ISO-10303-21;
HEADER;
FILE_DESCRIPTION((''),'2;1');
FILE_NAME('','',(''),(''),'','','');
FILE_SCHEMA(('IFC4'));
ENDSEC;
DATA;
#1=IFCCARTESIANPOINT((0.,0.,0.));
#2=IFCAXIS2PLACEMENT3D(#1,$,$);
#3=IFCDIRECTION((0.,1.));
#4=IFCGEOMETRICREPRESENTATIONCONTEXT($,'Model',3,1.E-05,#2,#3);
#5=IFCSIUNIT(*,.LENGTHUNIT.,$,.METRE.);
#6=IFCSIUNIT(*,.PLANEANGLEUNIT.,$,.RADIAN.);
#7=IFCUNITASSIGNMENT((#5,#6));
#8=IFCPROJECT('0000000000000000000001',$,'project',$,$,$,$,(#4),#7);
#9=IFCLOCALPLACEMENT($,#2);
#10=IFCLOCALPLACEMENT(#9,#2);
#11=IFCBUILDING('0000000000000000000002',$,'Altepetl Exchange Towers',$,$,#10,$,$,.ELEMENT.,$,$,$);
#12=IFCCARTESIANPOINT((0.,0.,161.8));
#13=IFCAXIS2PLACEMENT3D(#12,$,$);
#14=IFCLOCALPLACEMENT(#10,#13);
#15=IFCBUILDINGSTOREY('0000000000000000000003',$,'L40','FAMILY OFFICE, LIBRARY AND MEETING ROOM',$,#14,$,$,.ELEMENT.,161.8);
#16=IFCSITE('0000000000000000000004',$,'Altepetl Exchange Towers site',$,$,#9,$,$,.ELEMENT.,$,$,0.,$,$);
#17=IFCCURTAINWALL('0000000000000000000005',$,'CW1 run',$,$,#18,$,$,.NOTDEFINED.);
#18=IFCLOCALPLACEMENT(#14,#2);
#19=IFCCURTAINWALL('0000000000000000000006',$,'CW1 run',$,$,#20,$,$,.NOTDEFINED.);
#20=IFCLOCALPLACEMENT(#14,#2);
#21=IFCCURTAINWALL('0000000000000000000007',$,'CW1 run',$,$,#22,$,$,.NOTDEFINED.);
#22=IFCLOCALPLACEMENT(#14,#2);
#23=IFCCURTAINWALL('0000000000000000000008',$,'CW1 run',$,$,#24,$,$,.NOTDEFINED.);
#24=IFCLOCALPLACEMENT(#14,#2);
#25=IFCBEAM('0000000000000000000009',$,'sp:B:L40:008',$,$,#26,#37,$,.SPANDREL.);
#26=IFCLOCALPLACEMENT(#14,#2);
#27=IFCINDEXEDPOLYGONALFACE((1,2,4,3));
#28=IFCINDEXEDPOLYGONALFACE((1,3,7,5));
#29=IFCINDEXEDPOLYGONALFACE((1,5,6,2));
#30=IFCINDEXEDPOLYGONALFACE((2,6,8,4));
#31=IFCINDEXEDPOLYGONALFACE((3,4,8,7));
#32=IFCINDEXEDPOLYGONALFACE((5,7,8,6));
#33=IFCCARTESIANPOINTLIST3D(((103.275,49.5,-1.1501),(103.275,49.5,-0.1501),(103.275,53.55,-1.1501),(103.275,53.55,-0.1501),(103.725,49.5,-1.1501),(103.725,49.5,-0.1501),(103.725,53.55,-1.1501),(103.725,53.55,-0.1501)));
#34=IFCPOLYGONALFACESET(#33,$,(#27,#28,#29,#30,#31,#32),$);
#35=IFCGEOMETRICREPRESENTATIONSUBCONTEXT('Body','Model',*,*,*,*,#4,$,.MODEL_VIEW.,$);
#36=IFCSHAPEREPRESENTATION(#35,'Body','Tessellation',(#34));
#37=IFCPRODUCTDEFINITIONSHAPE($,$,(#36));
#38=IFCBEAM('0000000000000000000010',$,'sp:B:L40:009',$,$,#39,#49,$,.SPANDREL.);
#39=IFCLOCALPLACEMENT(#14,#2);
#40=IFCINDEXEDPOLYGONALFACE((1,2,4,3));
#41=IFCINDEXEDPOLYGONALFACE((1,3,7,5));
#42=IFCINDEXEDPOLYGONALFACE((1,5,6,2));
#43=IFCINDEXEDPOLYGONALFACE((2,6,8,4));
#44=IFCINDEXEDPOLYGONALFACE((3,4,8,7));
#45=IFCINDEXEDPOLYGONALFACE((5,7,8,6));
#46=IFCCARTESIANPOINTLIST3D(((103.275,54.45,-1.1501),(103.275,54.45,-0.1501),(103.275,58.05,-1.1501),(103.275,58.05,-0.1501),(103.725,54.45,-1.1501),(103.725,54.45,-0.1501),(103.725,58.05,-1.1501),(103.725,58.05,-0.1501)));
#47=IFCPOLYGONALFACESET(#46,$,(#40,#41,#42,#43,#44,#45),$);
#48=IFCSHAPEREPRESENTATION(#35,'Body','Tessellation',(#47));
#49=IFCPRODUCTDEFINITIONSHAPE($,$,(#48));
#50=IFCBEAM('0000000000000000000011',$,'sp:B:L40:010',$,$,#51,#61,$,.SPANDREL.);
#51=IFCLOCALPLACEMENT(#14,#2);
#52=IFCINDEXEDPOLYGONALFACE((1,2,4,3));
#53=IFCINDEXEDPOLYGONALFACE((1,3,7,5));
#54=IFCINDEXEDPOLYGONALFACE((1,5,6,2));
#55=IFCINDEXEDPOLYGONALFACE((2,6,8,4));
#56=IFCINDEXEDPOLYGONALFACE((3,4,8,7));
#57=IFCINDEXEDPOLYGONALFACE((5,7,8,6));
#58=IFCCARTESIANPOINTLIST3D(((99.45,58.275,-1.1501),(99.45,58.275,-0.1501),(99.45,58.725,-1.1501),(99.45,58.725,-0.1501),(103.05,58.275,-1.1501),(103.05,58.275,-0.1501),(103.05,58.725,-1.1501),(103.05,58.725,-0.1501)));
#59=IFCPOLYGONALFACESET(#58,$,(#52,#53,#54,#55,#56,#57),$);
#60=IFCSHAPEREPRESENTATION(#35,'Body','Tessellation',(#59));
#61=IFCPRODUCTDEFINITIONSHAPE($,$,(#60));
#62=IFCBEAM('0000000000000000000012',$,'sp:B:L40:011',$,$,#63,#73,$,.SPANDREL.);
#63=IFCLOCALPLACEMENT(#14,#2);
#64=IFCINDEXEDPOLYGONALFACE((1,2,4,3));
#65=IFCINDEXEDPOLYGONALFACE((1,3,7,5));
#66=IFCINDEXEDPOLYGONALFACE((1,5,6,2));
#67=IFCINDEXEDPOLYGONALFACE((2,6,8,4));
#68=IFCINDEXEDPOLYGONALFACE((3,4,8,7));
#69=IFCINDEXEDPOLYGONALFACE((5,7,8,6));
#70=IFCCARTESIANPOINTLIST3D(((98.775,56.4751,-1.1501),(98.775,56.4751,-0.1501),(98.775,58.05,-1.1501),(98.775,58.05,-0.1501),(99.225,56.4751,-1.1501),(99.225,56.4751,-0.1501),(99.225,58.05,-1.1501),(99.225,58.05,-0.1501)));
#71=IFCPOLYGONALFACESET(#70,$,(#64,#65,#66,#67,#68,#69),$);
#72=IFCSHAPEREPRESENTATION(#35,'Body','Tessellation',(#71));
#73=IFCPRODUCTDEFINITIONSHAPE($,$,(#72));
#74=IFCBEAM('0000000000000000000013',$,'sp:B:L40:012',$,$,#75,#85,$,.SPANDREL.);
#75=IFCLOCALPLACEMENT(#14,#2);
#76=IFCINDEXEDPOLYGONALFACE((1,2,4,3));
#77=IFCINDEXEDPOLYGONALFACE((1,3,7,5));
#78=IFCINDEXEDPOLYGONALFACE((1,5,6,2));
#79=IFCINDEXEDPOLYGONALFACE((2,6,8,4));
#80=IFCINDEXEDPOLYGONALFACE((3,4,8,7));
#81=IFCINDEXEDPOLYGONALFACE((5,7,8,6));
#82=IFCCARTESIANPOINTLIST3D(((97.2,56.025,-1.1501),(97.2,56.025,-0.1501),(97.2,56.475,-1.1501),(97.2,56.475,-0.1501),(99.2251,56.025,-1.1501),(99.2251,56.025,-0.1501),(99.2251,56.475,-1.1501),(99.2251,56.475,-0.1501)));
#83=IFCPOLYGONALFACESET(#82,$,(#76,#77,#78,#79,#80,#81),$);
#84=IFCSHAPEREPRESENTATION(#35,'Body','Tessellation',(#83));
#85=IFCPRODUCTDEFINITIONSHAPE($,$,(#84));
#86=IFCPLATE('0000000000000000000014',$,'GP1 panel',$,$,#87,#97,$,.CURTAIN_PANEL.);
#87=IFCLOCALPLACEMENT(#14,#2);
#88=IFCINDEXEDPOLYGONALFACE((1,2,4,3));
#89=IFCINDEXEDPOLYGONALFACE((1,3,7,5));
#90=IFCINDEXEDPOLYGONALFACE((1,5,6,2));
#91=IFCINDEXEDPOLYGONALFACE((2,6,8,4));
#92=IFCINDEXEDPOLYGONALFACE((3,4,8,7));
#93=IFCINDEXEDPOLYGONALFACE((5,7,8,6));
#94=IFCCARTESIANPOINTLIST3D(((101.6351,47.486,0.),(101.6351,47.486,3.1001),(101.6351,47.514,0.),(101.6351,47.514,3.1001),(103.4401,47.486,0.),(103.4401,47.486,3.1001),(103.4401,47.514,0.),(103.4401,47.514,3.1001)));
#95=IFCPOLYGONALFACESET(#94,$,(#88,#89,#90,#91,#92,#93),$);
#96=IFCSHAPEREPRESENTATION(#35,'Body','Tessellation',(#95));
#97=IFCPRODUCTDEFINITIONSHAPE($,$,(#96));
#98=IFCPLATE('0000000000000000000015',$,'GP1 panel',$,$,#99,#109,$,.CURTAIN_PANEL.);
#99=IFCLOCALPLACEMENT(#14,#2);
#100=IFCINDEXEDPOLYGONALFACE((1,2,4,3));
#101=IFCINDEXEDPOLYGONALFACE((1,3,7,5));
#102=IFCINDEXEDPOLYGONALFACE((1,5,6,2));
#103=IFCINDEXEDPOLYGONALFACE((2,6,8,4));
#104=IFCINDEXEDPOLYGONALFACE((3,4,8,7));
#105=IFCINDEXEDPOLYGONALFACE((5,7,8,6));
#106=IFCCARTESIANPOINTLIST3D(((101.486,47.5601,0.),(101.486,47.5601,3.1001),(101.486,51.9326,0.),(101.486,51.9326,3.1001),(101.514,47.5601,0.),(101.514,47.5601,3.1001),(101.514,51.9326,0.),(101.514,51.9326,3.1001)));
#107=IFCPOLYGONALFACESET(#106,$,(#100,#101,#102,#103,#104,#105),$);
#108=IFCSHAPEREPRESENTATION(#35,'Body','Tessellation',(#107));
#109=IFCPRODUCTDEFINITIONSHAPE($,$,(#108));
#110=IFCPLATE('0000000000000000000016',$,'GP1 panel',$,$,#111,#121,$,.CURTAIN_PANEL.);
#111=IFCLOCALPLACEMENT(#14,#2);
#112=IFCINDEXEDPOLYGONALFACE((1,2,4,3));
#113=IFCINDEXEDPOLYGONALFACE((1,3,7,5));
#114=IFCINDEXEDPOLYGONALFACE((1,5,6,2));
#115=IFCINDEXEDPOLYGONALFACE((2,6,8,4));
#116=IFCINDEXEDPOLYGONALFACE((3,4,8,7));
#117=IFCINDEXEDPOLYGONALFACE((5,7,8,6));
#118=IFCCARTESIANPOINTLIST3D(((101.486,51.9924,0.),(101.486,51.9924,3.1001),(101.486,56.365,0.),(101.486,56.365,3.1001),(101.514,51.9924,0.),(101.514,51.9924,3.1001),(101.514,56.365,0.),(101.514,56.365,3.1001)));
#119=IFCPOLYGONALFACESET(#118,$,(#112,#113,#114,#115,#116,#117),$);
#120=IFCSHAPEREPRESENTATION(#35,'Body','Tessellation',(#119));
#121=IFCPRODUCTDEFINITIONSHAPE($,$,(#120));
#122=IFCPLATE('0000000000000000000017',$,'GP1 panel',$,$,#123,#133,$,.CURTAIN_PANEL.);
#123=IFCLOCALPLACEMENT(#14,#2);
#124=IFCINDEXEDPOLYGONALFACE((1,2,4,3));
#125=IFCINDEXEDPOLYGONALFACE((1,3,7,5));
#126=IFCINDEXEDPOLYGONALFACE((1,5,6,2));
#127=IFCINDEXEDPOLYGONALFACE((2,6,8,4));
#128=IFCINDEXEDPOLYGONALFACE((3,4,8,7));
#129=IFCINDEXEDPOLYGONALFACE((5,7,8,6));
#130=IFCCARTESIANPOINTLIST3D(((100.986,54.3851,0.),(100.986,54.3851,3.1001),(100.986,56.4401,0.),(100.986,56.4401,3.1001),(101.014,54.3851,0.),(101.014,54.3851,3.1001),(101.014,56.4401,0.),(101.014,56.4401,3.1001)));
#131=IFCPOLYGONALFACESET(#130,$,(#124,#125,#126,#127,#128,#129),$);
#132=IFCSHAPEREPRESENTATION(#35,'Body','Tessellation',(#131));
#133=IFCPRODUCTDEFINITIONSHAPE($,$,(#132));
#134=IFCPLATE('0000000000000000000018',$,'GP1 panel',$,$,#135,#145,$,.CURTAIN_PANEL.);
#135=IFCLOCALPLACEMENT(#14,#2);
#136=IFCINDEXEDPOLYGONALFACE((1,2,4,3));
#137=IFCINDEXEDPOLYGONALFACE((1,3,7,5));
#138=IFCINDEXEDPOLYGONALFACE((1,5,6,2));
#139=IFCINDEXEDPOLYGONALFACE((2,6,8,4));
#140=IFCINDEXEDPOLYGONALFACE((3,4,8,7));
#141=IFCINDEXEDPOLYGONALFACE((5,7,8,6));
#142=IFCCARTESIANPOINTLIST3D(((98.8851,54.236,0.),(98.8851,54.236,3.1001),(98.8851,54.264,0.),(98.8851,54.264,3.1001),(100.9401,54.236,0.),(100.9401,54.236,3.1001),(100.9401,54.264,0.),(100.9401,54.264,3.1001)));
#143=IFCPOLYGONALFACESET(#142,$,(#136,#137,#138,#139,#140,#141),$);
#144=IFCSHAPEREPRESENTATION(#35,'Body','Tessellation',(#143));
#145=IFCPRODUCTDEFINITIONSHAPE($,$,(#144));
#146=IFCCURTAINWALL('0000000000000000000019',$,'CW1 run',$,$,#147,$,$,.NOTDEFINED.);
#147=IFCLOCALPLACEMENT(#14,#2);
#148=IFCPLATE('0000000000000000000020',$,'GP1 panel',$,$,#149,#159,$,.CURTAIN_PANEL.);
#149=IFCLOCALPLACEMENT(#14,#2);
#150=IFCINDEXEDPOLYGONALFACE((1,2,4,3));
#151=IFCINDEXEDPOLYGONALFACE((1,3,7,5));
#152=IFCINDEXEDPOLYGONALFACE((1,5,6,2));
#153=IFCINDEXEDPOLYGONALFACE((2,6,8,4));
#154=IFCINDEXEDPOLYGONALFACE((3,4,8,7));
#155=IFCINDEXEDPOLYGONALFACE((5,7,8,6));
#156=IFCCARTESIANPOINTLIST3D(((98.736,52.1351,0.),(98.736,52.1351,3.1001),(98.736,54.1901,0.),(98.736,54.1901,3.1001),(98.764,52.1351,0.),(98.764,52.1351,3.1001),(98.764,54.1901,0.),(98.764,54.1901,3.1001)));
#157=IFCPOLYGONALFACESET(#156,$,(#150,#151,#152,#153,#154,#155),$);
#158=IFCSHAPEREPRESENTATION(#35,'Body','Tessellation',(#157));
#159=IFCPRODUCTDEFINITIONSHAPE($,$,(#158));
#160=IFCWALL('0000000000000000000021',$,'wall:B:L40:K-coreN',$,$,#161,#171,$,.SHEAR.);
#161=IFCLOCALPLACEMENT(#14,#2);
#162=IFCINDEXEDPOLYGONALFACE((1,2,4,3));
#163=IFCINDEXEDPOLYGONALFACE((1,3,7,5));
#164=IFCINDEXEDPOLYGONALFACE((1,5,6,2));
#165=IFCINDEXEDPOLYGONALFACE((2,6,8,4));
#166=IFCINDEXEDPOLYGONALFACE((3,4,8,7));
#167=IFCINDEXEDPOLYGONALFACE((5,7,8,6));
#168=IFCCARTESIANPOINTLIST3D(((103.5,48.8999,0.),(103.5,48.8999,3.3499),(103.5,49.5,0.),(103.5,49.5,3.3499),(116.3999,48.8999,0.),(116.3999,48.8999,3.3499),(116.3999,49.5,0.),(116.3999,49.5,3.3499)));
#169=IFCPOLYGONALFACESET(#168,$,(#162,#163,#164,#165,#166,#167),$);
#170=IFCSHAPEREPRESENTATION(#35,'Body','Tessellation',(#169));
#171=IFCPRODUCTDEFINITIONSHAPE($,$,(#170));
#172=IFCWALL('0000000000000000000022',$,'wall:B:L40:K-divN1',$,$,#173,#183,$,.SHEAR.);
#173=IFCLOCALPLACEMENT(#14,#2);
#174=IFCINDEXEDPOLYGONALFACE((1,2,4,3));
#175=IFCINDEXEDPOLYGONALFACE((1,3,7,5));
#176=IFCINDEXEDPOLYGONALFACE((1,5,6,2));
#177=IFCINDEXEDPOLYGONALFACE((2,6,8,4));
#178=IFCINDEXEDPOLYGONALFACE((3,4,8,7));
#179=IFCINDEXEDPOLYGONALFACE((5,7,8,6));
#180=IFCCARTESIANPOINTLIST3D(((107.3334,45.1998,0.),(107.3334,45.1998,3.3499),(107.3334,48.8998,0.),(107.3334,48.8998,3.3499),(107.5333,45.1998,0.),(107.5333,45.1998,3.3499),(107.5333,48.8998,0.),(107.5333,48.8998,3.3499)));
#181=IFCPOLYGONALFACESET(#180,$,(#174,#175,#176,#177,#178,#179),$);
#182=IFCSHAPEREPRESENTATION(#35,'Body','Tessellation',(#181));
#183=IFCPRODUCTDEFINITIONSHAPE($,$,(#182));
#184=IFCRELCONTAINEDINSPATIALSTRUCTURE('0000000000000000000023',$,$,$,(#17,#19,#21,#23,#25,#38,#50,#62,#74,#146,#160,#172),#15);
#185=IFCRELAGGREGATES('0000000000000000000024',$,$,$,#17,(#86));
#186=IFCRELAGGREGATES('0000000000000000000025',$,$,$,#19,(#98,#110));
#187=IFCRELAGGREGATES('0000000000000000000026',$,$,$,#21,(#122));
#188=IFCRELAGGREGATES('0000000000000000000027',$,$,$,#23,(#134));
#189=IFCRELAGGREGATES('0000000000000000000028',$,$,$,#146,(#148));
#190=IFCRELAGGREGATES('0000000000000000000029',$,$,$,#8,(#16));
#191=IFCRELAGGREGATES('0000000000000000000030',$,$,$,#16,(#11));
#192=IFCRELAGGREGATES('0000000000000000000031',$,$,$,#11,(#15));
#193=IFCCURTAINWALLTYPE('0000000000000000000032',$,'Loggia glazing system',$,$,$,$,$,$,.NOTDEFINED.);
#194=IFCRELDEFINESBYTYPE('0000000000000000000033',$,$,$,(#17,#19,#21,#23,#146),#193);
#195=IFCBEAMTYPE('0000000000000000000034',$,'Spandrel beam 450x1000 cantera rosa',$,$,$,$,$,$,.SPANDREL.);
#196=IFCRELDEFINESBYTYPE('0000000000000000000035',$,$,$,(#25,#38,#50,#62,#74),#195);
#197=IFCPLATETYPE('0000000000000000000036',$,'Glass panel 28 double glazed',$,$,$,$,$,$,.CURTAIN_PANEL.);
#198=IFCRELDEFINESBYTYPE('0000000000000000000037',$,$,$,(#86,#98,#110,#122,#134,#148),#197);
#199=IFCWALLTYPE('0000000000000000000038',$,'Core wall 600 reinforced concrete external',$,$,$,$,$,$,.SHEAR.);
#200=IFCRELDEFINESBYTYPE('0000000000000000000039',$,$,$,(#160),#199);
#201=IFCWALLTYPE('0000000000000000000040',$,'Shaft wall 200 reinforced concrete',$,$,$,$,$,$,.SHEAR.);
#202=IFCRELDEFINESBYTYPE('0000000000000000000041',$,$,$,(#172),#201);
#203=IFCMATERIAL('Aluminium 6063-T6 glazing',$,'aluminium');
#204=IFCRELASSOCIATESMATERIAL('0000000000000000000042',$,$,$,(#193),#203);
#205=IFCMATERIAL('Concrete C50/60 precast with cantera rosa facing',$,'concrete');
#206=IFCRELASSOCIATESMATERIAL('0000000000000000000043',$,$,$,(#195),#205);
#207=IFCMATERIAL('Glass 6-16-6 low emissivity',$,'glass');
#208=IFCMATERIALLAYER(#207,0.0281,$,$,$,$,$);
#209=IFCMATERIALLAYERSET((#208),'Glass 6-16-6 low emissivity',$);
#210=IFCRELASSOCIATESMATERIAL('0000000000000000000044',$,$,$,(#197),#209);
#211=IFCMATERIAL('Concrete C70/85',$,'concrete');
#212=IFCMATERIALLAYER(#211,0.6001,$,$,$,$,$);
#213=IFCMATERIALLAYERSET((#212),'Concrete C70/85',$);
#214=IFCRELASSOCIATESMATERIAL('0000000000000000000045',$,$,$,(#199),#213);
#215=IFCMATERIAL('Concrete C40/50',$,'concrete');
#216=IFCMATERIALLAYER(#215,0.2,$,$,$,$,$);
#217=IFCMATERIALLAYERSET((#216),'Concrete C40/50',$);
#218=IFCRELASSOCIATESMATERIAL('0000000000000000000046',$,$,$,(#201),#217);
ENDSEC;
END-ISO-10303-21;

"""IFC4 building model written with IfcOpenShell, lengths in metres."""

from ifc_helpers import new_model, si_unit, direction, frame, frame_2d, origin, origin_2d, place, context, subcontext, project, spatial, rectangle, extrude, material, layer, layer_set, material_profile, profile_set, type_object, element, aggregate, save


model = new_model("IFC4")

# Units and contexts
model_context = context("Model", 3, precision=1e-05, world=origin(), true_north=direction((0.0, 1.0)))
body_context = subcontext(model_context, "Body", "Model", "MODEL_VIEW")
ifc_project = project(units=[si_unit("LENGTHUNIT", "METRE"), si_unit("PLANEANGLEUNIT", "RADIAN")], contexts=[model_context])

# Site, building, storey
site_placement = place(None, origin())
site = spatial("IfcSite", under=ifc_project, at=site_placement, Name="Altepetl Exchange Towers site", CompositionType="ELEMENT", RefElevation=0.0)
building_placement = place(site_placement, origin())
building = spatial("IfcBuilding", under=site, at=building_placement, Name="Altepetl Exchange Towers", CompositionType="ELEMENT")
storey_placement = place(building_placement, frame((0.0, 0.0, 161.8)))
storey = spatial("IfcBuildingStorey", under=building, at=storey_placement, Name="L40", Description="FAMILY OFFICE, LIBRARY AND MEETING ROOM", CompositionType="ELEMENT", Elevation=161.8)

# Curtain walls
ifc_material_1 = material(Name="Aluminium 6063-T6 glazing", Category="aluminium")
curtain_wall_type = type_object("IfcCurtainWallType", Name="Loggia glazing system", PredefinedType="NOTDEFINED", material=ifc_material_1)
curtain_wall_1_placement = place(storey_placement, origin())
curtain_wall_1 = element("IfcCurtainWall", 1, at=curtain_wall_1_placement, inside=storey, type_object=curtain_wall_type, Name="CW1 run", PredefinedType="NOTDEFINED")
curtain_wall_2_placement = place(storey_placement, origin())
curtain_wall_2 = element("IfcCurtainWall", 2, at=curtain_wall_2_placement, inside=storey, type_object=curtain_wall_type, Name="CW1 run", PredefinedType="NOTDEFINED")
curtain_wall_3_placement = place(storey_placement, origin())
curtain_wall_3 = element("IfcCurtainWall", 3, at=curtain_wall_3_placement, inside=storey, type_object=curtain_wall_type, Name="CW1 run", PredefinedType="NOTDEFINED")
curtain_wall_4_placement = place(storey_placement, origin())
curtain_wall_4 = element("IfcCurtainWall", 4, at=curtain_wall_4_placement, inside=storey, type_object=curtain_wall_type, Name="CW1 run", PredefinedType="NOTDEFINED")

# Beams
ifc_material_2 = material(Name="Concrete C50/60 precast with cantera rosa facing", Category="concrete")
ifc_material_profile_1 = material_profile(ifc_material_2, rectangle(XDim=0.45, YDim=1.0, at=origin_2d()), Name="450 x 1000")
ifc_profile_set_1 = profile_set([ifc_material_profile_1], Name="Concrete C50/60 precast with cantera rosa facing")
beam_type = type_object("IfcBeamType", Name="Spandrel beam 450x1000 cantera rosa", PredefinedType="SPANDREL", material=ifc_profile_set_1)
beam_1_placement = place(storey_placement, frame((103.5, 49.5, -0.6501), z_axis=(0.0, 1.0, 0.0), x_axis=(-1.0, 0.0, 0.0)))
element("IfcBeam", 5, at=beam_1_placement, inside=storey, type_object=beam_type, Name="sp:B:L40:008", PredefinedType="SPANDREL", context=body_context, shape_type="SweptSolid", body=[
    extrude(rectangle(XDim=0.45, YDim=1.0, at=origin_2d()), origin(), (0.0, 0.0, 1.0), 4.05),
])
for number, where, z_axis, x_axis, name in (
    (6, (103.5, 54.45, -0.6501), (0.0, 1.0, 0.0), (-1.0, 0.0, 0.0), "sp:B:L40:009"),
    (7, (103.05, 58.5, -0.6501), (-1.0, 0.0, 0.0), (0.0, -1.0, 0.0), "sp:B:L40:010"),
):
    element("IfcBeam", number, at=place(storey_placement, frame(where, z_axis=z_axis, x_axis=x_axis)), inside=storey, type_object=beam_type, Name=name, PredefinedType="SPANDREL", context=body_context, shape_type="SweptSolid", body=[
        extrude(rectangle(XDim=0.45, YDim=1.0, at=origin_2d()), origin(), (0.0, 0.0, 1.0), 3.6001),
    ])
beam_2_placement = place(storey_placement, frame((99.0, 58.05, -0.6501), z_axis=(0.0, -1.0, 0.0), x_axis=(1.0, 0.0, 0.0)))
element("IfcBeam", 8, at=beam_2_placement, inside=storey, type_object=beam_type, Name="sp:B:L40:011", PredefinedType="SPANDREL", context=body_context, shape_type="SweptSolid", body=[
    extrude(rectangle(XDim=0.45, YDim=1.0, at=origin_2d()), origin(), (0.0, 0.0, 1.0), 1.575),
])
beam_3_placement = place(storey_placement, frame((99.2251, 56.25, -0.6501), z_axis=(-1.0, 0.0, 0.0), x_axis=(0.0, -1.0, 0.0)))
element("IfcBeam", 9, at=beam_3_placement, inside=storey, type_object=beam_type, Name="sp:B:L40:012", PredefinedType="SPANDREL", context=body_context, shape_type="SweptSolid", body=[
    extrude(rectangle(XDim=0.45, YDim=1.0, at=origin_2d()), origin(), (0.0, 0.0, 1.0), 2.0251),
])

# Plates
ifc_material_3 = material(Name="Glass 6-16-6 low emissivity", Category="glass")
ifc_layer_1 = layer(ifc_material_3, 0.0281)
ifc_layer_set_1 = layer_set([ifc_layer_1], Name="Glass 6-16-6 low emissivity")
plate_type = type_object("IfcPlateType", Name="Glass panel 28 double glazed", PredefinedType="CURTAIN_PANEL", material=ifc_layer_set_1)
plate_1_placement = place(storey_placement, frame((102.5376, 47.5, 0.0), z_axis=(0.0, 0.0, 1.0), x_axis=(-1.0, 0.0, 0.0)))
plate_1 = element("IfcPlate", 10, at=plate_1_placement, type_object=plate_type, Name="GP1 panel", PredefinedType="CURTAIN_PANEL", context=body_context, shape_type="SweptSolid", body=[
    extrude(rectangle(XDim=1.8049, YDim=0.0281, at=origin_2d()), origin(), (0.0, 0.0, 1.0), 3.1001),
])
aggregate(curtain_wall_1, [plate_1])
plate_2_placement = place(storey_placement, frame((101.5, 49.7463, 0.0), z_axis=(0.0, 0.0, 1.0), x_axis=(0.0, 1.0, 0.0)))
plate_2 = element("IfcPlate", 11, at=plate_2_placement, type_object=plate_type, Name="GP1 panel", PredefinedType="CURTAIN_PANEL", context=body_context, shape_type="SweptSolid", body=[
    extrude(rectangle(XDim=4.3726, YDim=0.0281, at=origin_2d()), origin(), (0.0, 0.0, 1.0), 3.1001),
])
plate_3_placement = place(storey_placement, frame((101.5, 54.1787, 0.0), z_axis=(0.0, 0.0, 1.0), x_axis=(0.0, 1.0, 0.0)))
plate_3 = element("IfcPlate", 12, at=plate_3_placement, type_object=plate_type, Name="GP1 panel", PredefinedType="CURTAIN_PANEL", context=body_context, shape_type="SweptSolid", body=[
    extrude(rectangle(XDim=4.3726, YDim=0.0281, at=origin_2d()), origin(), (0.0, 0.0, 1.0), 3.1001),
])
aggregate(curtain_wall_2, [plate_2, plate_3])
plate_4_placement = place(storey_placement, frame((101.0, 55.4126, 0.0), z_axis=(0.0, 0.0, 1.0), x_axis=(0.0, -1.0, 0.0)))
plate_4 = element("IfcPlate", 13, at=plate_4_placement, type_object=plate_type, Name="GP1 panel", PredefinedType="CURTAIN_PANEL", context=body_context, shape_type="SweptSolid", body=[
    extrude(rectangle(XDim=2.0549, YDim=0.0281, at=origin_2d()), origin(), (0.0, 0.0, 1.0), 3.1001),
])
aggregate(curtain_wall_3, [plate_4])
plate_5_placement = place(storey_placement, frame((99.9126, 54.25, 0.0), z_axis=(0.0, 0.0, 1.0), x_axis=(-1.0, 0.0, 0.0)))
plate_5 = element("IfcPlate", 14, at=plate_5_placement, type_object=plate_type, Name="GP1 panel", PredefinedType="CURTAIN_PANEL", context=body_context, shape_type="SweptSolid", body=[
    extrude(rectangle(XDim=2.0549, YDim=0.0281, at=origin_2d()), origin(), (0.0, 0.0, 1.0), 3.1001),
])
aggregate(curtain_wall_4, [plate_5])

# Curtain wall, plate
curtain_wall_5_placement = place(storey_placement, origin())
curtain_wall_5 = element("IfcCurtainWall", 15, at=curtain_wall_5_placement, inside=storey, type_object=curtain_wall_type, Name="CW1 run", PredefinedType="NOTDEFINED")
plate_6_placement = place(storey_placement, frame((98.75, 53.1626, 0.0), z_axis=(0.0, 0.0, 1.0), x_axis=(0.0, -1.0, 0.0)))
plate_6 = element("IfcPlate", 16, at=plate_6_placement, type_object=plate_type, Name="GP1 panel", PredefinedType="CURTAIN_PANEL", context=body_context, shape_type="SweptSolid", body=[
    extrude(rectangle(XDim=2.0549, YDim=0.0281, at=origin_2d()), origin(), (0.0, 0.0, 1.0), 3.1001),
])
aggregate(curtain_wall_5, [plate_6])

# Walls
ifc_material_4 = material(Name="Concrete C70/85", Category="concrete")
ifc_layer_2 = layer(ifc_material_4, 0.6001)
ifc_layer_set_2 = layer_set([ifc_layer_2], Name="Concrete C70/85")
wall_type_1 = type_object("IfcWallType", Name="Core wall 600 reinforced concrete external", PredefinedType="SHEAR", material=ifc_layer_set_2)
wall_1_placement = place(storey_placement, frame((103.5, 49.2, 0.0)))
element("IfcWall", 17, at=wall_1_placement, inside=storey, type_object=wall_type_1, Name="wall:B:L40:K-coreN", PredefinedType="SHEAR", context=body_context, shape_type="SweptSolid", body=[
    extrude(rectangle(XDim=12.8999, YDim=0.6001, at=frame_2d((6.45, 0.0))), origin(), (0.0, 0.0, 1.0), 3.3499),
])
ifc_material_5 = material(Name="Concrete C40/50", Category="concrete")
ifc_layer_3 = layer(ifc_material_5, 0.2)
ifc_layer_set_3 = layer_set([ifc_layer_3], Name="Concrete C40/50")
wall_type_2 = type_object("IfcWallType", Name="Shaft wall 200 reinforced concrete", PredefinedType="SHEAR", material=ifc_layer_set_3)
wall_2_placement = place(storey_placement, frame((107.4333, 48.8999, 0.0), z_axis=(0.0, 0.0, 1.0), x_axis=(0.0, -1.0, 0.0)))
element("IfcWall", 18, at=wall_2_placement, inside=storey, type_object=wall_type_2, Name="wall:B:L40:K-divN1", PredefinedType="SHEAR", context=body_context, shape_type="SweptSolid", body=[
    extrude(rectangle(XDim=3.7, YDim=0.2, at=frame_2d((1.8501, 0.0))), origin(), (0.0, 0.0, 1.0), 3.3499),
])

save(model, "model.ifc")
